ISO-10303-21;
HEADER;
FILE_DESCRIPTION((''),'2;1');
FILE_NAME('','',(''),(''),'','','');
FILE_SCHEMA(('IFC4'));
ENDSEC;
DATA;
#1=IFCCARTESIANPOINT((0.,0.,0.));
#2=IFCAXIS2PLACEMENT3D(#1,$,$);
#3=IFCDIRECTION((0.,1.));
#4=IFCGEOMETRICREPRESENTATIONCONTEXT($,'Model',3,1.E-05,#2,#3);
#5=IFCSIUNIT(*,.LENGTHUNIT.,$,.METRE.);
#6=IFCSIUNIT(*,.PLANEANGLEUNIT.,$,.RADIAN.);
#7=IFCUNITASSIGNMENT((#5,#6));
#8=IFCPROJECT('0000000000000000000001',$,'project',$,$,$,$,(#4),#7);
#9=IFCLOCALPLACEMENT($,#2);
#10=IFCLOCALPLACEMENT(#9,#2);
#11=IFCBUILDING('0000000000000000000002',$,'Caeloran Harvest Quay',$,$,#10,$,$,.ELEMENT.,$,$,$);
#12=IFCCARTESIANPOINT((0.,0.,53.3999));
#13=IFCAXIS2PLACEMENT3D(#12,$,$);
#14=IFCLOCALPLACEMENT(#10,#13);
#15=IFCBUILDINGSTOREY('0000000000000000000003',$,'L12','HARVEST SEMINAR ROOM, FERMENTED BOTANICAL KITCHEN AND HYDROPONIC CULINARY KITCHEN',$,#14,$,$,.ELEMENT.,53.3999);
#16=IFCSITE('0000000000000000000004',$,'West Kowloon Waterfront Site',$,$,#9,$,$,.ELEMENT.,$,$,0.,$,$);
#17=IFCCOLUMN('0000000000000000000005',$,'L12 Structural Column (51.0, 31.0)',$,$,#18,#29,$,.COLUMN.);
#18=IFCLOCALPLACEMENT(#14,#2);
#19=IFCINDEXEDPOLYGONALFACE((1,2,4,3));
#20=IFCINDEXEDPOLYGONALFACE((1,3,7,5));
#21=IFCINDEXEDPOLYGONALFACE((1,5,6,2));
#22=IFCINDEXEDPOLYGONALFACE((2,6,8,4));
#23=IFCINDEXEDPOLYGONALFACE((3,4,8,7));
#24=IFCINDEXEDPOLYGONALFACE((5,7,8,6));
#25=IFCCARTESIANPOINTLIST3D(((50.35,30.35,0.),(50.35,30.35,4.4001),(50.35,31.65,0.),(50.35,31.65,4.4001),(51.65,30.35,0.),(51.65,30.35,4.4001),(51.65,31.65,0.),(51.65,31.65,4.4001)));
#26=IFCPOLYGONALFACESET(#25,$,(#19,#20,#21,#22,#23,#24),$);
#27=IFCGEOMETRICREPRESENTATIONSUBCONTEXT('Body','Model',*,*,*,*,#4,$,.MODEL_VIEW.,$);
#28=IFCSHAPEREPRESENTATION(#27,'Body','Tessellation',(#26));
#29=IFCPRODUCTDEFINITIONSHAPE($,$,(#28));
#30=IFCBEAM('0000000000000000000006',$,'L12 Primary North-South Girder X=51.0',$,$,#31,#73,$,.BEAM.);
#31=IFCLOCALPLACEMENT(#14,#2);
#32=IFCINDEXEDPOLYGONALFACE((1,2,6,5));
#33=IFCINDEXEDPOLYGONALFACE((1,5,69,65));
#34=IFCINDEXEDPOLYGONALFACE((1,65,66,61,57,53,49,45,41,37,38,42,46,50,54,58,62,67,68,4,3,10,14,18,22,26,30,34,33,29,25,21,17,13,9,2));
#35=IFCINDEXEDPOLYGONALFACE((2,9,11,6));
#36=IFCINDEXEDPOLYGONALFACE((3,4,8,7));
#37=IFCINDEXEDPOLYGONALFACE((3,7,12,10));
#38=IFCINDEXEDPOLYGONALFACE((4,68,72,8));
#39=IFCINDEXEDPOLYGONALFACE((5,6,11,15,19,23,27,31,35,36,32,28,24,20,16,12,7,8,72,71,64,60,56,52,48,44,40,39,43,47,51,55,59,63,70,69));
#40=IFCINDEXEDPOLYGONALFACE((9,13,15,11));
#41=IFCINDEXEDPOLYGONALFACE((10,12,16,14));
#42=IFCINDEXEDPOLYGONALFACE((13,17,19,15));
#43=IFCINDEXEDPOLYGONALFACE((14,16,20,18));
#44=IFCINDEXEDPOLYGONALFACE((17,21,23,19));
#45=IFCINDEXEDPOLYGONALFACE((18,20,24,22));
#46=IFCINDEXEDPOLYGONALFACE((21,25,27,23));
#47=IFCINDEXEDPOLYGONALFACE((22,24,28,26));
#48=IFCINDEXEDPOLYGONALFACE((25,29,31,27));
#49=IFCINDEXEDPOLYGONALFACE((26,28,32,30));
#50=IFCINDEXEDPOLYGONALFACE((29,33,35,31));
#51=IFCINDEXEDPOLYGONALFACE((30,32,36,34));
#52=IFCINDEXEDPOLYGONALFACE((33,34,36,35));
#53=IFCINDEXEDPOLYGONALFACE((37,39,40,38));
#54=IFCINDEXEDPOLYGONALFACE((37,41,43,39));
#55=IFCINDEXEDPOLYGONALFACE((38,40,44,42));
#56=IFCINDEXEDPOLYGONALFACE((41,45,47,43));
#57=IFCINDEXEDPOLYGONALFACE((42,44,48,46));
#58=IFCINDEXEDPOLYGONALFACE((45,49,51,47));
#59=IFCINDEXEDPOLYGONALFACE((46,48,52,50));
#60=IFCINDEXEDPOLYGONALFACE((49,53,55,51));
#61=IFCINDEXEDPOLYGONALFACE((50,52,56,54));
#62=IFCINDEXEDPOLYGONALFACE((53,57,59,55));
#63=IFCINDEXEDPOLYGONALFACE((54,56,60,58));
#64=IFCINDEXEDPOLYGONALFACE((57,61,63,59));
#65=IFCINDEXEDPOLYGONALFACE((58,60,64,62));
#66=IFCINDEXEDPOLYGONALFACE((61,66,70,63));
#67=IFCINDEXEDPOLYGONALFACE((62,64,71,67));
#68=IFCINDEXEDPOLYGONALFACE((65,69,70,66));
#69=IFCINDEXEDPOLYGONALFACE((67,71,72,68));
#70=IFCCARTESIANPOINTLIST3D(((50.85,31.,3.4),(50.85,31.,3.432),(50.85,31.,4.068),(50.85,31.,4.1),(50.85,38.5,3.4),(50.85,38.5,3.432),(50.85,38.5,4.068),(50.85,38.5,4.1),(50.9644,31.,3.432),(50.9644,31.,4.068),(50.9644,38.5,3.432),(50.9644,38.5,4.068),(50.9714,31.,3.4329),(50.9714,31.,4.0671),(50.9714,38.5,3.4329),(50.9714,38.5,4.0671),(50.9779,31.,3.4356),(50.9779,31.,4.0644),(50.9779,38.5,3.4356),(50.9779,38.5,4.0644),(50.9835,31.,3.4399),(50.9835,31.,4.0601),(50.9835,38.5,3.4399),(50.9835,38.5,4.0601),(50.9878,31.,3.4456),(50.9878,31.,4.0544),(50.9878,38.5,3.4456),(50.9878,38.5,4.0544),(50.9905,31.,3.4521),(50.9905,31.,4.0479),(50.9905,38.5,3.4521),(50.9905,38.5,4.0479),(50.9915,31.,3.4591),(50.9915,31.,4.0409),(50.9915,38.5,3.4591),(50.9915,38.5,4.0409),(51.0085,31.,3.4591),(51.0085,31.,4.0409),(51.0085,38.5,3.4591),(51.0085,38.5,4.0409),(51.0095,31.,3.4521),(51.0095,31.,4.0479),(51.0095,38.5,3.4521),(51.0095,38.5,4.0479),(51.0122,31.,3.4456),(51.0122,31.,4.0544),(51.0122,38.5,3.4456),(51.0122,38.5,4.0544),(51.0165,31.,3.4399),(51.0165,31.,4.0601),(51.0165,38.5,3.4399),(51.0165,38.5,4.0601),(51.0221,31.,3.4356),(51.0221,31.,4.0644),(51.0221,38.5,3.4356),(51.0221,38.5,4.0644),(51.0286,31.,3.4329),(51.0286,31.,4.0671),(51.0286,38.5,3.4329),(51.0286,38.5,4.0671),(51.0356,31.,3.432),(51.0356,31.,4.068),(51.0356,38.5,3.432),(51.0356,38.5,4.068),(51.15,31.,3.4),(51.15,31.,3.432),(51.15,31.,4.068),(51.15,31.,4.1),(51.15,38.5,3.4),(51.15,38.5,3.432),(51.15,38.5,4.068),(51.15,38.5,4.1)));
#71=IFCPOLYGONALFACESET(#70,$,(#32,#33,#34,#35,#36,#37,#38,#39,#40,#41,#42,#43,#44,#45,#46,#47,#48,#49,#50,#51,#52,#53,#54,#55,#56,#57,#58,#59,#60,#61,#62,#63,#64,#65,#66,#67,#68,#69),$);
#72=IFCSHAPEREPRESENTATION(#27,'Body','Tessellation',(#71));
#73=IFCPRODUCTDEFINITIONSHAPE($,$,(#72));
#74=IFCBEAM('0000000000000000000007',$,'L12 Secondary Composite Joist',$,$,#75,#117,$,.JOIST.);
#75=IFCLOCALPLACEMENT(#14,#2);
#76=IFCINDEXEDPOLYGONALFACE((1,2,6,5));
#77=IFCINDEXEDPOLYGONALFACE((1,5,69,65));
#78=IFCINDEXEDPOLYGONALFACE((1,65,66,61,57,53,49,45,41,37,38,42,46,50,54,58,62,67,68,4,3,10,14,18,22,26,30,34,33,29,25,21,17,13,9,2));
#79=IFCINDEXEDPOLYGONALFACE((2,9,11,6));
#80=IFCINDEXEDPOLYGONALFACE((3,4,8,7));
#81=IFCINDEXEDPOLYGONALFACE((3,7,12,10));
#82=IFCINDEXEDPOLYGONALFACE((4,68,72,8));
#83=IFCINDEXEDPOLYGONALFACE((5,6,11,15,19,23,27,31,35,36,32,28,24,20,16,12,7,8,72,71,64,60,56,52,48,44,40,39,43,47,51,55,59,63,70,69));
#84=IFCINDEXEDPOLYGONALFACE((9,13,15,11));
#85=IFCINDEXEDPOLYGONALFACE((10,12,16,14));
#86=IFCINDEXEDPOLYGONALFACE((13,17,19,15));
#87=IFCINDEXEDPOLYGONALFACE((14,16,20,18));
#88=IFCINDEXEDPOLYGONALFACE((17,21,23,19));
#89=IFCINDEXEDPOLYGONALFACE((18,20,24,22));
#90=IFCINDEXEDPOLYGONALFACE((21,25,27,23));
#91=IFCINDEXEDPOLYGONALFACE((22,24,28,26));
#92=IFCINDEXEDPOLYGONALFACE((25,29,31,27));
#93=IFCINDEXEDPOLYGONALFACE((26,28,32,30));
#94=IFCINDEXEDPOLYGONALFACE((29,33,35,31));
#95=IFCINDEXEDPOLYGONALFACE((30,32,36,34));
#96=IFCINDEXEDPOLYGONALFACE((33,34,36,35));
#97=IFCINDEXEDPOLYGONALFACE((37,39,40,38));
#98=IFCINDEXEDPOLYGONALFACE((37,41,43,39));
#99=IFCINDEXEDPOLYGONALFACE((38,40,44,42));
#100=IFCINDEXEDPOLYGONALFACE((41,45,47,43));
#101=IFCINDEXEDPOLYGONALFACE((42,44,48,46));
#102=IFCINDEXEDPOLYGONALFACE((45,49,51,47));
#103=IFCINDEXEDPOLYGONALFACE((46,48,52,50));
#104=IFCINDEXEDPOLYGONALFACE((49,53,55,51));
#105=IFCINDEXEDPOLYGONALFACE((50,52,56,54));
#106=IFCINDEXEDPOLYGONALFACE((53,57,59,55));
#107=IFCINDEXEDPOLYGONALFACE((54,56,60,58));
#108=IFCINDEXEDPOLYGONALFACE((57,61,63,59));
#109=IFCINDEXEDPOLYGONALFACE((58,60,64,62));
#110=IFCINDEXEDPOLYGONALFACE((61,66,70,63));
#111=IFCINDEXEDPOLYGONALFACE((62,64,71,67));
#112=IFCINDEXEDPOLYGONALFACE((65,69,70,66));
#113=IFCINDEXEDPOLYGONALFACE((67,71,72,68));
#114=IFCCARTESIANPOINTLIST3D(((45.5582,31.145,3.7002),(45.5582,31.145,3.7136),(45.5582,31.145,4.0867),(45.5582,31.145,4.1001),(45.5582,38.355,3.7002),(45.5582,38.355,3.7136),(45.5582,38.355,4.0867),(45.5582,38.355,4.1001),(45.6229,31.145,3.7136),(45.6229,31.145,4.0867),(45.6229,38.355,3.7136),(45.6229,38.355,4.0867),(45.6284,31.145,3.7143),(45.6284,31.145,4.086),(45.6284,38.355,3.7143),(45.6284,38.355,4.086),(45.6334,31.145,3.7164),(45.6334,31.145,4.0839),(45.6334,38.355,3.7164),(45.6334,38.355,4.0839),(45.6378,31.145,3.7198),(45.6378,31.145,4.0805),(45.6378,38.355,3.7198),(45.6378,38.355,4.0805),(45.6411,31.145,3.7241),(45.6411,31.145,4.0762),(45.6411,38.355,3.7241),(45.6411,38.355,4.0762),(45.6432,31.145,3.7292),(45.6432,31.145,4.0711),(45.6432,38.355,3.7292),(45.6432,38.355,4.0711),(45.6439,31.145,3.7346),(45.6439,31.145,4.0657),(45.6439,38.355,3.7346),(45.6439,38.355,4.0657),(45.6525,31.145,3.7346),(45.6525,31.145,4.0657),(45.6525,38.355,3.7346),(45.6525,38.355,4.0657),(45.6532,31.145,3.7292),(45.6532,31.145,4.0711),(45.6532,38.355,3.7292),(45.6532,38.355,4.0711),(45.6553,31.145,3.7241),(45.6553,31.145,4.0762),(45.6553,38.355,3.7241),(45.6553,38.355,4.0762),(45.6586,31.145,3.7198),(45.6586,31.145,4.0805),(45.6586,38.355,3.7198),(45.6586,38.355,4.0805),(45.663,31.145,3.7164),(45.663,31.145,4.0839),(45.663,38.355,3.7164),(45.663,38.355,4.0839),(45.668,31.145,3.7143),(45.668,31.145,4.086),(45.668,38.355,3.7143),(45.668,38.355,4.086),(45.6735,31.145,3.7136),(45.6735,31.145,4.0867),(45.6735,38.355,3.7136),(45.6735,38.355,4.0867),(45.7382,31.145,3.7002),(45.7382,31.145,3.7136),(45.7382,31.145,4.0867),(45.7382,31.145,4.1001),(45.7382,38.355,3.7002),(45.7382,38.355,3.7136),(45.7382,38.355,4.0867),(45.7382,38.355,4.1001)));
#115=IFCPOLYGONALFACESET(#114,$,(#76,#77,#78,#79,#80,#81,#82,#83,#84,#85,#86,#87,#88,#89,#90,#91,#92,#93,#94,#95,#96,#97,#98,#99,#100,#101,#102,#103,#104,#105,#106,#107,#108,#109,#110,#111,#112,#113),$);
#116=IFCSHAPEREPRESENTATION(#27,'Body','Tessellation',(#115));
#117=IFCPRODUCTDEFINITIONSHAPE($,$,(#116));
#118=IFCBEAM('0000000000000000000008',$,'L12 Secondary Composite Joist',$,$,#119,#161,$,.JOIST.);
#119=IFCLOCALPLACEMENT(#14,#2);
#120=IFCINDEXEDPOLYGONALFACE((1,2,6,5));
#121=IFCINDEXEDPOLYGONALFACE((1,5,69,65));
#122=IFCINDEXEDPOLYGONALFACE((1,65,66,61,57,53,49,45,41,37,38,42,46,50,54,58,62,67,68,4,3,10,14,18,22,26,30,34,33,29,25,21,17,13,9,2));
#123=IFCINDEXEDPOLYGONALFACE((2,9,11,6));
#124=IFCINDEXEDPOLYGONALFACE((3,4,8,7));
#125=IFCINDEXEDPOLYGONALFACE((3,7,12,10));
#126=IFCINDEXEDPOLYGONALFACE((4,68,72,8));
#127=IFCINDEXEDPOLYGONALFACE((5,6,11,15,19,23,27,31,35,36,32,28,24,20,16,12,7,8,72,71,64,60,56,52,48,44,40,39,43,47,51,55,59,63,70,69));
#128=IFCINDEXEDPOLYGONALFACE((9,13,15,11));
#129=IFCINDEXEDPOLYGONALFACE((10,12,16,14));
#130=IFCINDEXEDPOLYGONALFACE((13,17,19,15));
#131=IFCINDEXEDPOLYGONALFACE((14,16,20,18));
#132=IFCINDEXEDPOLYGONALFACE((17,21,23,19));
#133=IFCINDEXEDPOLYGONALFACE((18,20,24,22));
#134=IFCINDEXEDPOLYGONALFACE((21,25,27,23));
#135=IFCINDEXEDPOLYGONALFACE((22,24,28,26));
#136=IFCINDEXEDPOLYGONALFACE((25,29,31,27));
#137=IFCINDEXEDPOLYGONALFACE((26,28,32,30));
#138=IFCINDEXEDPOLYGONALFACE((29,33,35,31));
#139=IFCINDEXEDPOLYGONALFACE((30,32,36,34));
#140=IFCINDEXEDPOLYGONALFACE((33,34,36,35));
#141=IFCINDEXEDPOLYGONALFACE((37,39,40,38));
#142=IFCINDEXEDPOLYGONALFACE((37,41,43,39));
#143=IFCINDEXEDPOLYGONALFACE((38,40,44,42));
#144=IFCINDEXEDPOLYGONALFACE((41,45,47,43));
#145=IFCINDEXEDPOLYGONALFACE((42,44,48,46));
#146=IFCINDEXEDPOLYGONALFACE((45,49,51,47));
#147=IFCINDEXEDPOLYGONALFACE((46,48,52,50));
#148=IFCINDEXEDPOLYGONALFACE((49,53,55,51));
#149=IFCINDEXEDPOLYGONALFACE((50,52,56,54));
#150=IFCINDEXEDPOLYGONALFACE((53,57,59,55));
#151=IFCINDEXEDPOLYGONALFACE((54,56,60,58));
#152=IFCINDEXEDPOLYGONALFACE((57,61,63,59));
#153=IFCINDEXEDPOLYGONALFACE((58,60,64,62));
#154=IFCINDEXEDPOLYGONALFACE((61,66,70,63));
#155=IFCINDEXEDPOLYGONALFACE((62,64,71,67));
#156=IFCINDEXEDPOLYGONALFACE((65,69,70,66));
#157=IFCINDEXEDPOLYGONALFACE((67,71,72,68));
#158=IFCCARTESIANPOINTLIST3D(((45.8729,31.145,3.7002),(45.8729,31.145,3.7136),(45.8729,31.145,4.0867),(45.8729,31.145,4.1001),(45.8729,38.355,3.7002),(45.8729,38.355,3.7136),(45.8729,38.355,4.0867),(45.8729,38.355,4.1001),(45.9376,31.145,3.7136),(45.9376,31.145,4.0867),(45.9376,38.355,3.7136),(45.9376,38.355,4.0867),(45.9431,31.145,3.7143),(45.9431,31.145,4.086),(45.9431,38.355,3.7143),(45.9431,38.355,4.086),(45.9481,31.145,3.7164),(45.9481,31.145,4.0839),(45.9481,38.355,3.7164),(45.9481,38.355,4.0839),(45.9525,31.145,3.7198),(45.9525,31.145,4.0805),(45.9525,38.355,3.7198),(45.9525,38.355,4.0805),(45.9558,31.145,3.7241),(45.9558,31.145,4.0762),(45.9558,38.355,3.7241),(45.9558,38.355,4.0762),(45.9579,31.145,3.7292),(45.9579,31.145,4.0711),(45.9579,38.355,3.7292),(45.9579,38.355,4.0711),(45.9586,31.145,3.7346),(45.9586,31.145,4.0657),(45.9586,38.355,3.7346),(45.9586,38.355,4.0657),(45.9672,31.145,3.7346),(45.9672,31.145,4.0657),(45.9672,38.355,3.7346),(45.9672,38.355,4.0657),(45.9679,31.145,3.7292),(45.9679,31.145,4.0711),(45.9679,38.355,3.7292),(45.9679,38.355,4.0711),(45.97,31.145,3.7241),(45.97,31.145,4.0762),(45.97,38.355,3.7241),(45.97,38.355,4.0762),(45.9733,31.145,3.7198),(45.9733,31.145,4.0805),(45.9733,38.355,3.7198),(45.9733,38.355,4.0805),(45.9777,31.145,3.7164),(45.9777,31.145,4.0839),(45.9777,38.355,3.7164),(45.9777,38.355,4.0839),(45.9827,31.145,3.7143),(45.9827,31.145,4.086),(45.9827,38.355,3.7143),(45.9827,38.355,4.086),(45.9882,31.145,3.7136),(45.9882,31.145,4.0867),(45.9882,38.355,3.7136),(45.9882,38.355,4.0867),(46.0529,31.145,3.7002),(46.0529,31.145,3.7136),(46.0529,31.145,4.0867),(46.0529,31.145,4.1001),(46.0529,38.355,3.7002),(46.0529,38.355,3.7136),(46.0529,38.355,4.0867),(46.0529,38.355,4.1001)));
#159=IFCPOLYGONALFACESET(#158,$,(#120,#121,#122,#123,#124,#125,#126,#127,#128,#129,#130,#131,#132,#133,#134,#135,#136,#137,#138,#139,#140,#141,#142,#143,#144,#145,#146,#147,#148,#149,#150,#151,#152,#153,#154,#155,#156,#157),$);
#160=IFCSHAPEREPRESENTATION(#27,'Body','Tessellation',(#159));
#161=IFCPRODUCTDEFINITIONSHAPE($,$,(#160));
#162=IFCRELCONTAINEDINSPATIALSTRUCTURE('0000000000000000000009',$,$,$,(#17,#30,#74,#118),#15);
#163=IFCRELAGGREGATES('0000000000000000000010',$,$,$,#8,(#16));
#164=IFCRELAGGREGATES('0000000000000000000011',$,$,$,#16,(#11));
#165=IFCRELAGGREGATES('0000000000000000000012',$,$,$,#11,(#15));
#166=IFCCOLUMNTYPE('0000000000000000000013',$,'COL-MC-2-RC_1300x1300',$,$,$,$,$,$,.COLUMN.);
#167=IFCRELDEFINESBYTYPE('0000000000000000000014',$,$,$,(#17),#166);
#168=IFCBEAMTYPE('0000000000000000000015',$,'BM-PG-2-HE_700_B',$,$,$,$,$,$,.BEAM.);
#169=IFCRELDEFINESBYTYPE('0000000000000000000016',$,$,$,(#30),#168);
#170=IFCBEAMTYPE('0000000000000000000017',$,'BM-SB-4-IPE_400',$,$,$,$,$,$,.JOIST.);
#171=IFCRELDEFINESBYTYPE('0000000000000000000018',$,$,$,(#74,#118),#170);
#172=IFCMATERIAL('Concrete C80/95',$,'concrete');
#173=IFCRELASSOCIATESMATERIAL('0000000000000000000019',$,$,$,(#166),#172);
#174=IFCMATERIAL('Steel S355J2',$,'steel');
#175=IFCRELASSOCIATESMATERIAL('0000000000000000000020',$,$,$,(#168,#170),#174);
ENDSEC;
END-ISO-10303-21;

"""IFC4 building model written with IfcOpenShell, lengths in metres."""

from ifc_helpers import new_model, si_unit, direction, frame, origin, origin_2d, place, context, subcontext, project, spatial, rectangle, i_section, extrude, material, material_profile, profile_set, type_object, element, save


model = new_model("IFC4")

# Units and contexts
model_context = context("Model", 3, precision=1e-05, world=origin(), true_north=direction((0.0, 1.0)))
body_context = subcontext(model_context, "Body", "Model", "MODEL_VIEW")
ifc_project = project(units=[si_unit("LENGTHUNIT", "METRE"), si_unit("PLANEANGLEUNIT", "RADIAN")], contexts=[model_context])

# Site, building, storey
site_placement = place(None, origin())
site = spatial("IfcSite", under=ifc_project, at=site_placement, Name="West Kowloon Waterfront Site", CompositionType="ELEMENT", RefElevation=0.0)
building_placement = place(site_placement, origin())
building = spatial("IfcBuilding", under=site, at=building_placement, Name="Caeloran Harvest Quay", CompositionType="ELEMENT")
storey_placement = place(building_placement, frame((0.0, 0.0, 53.3999)))
storey = spatial("IfcBuildingStorey", under=building, at=storey_placement, Name="L12", Description="HARVEST SEMINAR ROOM, FERMENTED BOTANICAL KITCHEN AND HYDROPONIC CULINARY KITCHEN", CompositionType="ELEMENT", Elevation=53.3999)

# Column
ifc_material_1 = material(Name="Concrete C80/95", Category="concrete")
ifc_material_profile_1 = material_profile(ifc_material_1, rectangle(XDim=1.3, YDim=1.3, at=origin_2d()), Name="RC 1300x1300")
ifc_profile_set_1 = profile_set([ifc_material_profile_1], Name="Concrete C80/95")
column_type = type_object("IfcColumnType", Name="COL-MC-2-RC_1300x1300", PredefinedType="COLUMN", material=ifc_profile_set_1)
column_placement = place(storey_placement, frame((51.0, 31.0, 0.0), z_axis=(0.0, 0.0, 1.0), x_axis=(1.0, 0.0, 0.0)))
element("IfcColumn", 1, at=column_placement, inside=storey, type_object=column_type, Name="L12 Structural Column (51.0, 31.0)", PredefinedType="COLUMN", context=body_context, shape_type="SweptSolid", body=[
    extrude(rectangle(XDim=1.3, YDim=1.3, at=origin_2d()), origin(), (0.0, 0.0, 1.0), 4.4001),
])

# Beams
ifc_material_2 = material(Name="Steel S355J2", Category="steel")
ifc_material_profile_2 = material_profile(ifc_material_2, i_section(OverallWidth=0.3, OverallDepth=0.7, WebThickness=0.0171, FlangeThickness=0.032, FilletRadius=0.0271, at=origin_2d()), Name="HE 700 B")
ifc_profile_set_2 = profile_set([ifc_material_profile_2], Name="Steel S355J2")
beam_type_1 = type_object("IfcBeamType", Name="BM-PG-2-HE_700_B", PredefinedType="BEAM", material=ifc_profile_set_2)
beam_placement = place(storey_placement, frame((51.0, 31.0, 3.75), z_axis=(0.0, 1.0, 0.0), x_axis=(-1.0, 0.0, 0.0)))
element("IfcBeam", 2, at=beam_placement, inside=storey, type_object=beam_type_1, Name="L12 Primary North-South Girder X=51.0", PredefinedType="BEAM", context=body_context, shape_type="SweptSolid", body=[
    extrude(i_section(OverallWidth=0.3, OverallDepth=0.7, WebThickness=0.0171, FlangeThickness=0.032, FilletRadius=0.0271, at=origin_2d()), origin(), (0.0, 0.0, 1.0), 7.5),
])
ifc_material_profile_3 = material_profile(ifc_material_2, i_section(OverallWidth=0.1799, OverallDepth=0.3999, WebThickness=0.0085, FlangeThickness=0.0134, FilletRadius=0.021, at=origin_2d()), Name="IPE 400")
ifc_profile_set_3 = profile_set([ifc_material_profile_3], Name="Steel S355J2")
beam_type_2 = type_object("IfcBeamType", Name="BM-SB-4-IPE_400", PredefinedType="JOIST", material=ifc_profile_set_3)
for number, where, z_axis, x_axis, name in (
    (3, (45.6482, 31.145, 3.9001), (0.0, 1.0, 0.0), (-1.0, 0.0, 0.0), "L12 Secondary Composite Joist"),
    (4, (45.9629, 31.145, 3.9001), (0.0, 1.0, 0.0), (-1.0, 0.0, 0.0), "L12 Secondary Composite Joist"),
):
    element("IfcBeam", number, at=place(storey_placement, frame(where, z_axis=z_axis, x_axis=x_axis)), inside=storey, type_object=beam_type_2, Name=name, PredefinedType="JOIST", context=body_context, shape_type="SweptSolid", body=[
        extrude(i_section(OverallWidth=0.1799, OverallDepth=0.3999, WebThickness=0.0085, FlangeThickness=0.0134, FilletRadius=0.021, at=origin_2d()), origin(), (0.0, 0.0, 1.0), 7.21),
    ])

save(model, "model.ifc")
